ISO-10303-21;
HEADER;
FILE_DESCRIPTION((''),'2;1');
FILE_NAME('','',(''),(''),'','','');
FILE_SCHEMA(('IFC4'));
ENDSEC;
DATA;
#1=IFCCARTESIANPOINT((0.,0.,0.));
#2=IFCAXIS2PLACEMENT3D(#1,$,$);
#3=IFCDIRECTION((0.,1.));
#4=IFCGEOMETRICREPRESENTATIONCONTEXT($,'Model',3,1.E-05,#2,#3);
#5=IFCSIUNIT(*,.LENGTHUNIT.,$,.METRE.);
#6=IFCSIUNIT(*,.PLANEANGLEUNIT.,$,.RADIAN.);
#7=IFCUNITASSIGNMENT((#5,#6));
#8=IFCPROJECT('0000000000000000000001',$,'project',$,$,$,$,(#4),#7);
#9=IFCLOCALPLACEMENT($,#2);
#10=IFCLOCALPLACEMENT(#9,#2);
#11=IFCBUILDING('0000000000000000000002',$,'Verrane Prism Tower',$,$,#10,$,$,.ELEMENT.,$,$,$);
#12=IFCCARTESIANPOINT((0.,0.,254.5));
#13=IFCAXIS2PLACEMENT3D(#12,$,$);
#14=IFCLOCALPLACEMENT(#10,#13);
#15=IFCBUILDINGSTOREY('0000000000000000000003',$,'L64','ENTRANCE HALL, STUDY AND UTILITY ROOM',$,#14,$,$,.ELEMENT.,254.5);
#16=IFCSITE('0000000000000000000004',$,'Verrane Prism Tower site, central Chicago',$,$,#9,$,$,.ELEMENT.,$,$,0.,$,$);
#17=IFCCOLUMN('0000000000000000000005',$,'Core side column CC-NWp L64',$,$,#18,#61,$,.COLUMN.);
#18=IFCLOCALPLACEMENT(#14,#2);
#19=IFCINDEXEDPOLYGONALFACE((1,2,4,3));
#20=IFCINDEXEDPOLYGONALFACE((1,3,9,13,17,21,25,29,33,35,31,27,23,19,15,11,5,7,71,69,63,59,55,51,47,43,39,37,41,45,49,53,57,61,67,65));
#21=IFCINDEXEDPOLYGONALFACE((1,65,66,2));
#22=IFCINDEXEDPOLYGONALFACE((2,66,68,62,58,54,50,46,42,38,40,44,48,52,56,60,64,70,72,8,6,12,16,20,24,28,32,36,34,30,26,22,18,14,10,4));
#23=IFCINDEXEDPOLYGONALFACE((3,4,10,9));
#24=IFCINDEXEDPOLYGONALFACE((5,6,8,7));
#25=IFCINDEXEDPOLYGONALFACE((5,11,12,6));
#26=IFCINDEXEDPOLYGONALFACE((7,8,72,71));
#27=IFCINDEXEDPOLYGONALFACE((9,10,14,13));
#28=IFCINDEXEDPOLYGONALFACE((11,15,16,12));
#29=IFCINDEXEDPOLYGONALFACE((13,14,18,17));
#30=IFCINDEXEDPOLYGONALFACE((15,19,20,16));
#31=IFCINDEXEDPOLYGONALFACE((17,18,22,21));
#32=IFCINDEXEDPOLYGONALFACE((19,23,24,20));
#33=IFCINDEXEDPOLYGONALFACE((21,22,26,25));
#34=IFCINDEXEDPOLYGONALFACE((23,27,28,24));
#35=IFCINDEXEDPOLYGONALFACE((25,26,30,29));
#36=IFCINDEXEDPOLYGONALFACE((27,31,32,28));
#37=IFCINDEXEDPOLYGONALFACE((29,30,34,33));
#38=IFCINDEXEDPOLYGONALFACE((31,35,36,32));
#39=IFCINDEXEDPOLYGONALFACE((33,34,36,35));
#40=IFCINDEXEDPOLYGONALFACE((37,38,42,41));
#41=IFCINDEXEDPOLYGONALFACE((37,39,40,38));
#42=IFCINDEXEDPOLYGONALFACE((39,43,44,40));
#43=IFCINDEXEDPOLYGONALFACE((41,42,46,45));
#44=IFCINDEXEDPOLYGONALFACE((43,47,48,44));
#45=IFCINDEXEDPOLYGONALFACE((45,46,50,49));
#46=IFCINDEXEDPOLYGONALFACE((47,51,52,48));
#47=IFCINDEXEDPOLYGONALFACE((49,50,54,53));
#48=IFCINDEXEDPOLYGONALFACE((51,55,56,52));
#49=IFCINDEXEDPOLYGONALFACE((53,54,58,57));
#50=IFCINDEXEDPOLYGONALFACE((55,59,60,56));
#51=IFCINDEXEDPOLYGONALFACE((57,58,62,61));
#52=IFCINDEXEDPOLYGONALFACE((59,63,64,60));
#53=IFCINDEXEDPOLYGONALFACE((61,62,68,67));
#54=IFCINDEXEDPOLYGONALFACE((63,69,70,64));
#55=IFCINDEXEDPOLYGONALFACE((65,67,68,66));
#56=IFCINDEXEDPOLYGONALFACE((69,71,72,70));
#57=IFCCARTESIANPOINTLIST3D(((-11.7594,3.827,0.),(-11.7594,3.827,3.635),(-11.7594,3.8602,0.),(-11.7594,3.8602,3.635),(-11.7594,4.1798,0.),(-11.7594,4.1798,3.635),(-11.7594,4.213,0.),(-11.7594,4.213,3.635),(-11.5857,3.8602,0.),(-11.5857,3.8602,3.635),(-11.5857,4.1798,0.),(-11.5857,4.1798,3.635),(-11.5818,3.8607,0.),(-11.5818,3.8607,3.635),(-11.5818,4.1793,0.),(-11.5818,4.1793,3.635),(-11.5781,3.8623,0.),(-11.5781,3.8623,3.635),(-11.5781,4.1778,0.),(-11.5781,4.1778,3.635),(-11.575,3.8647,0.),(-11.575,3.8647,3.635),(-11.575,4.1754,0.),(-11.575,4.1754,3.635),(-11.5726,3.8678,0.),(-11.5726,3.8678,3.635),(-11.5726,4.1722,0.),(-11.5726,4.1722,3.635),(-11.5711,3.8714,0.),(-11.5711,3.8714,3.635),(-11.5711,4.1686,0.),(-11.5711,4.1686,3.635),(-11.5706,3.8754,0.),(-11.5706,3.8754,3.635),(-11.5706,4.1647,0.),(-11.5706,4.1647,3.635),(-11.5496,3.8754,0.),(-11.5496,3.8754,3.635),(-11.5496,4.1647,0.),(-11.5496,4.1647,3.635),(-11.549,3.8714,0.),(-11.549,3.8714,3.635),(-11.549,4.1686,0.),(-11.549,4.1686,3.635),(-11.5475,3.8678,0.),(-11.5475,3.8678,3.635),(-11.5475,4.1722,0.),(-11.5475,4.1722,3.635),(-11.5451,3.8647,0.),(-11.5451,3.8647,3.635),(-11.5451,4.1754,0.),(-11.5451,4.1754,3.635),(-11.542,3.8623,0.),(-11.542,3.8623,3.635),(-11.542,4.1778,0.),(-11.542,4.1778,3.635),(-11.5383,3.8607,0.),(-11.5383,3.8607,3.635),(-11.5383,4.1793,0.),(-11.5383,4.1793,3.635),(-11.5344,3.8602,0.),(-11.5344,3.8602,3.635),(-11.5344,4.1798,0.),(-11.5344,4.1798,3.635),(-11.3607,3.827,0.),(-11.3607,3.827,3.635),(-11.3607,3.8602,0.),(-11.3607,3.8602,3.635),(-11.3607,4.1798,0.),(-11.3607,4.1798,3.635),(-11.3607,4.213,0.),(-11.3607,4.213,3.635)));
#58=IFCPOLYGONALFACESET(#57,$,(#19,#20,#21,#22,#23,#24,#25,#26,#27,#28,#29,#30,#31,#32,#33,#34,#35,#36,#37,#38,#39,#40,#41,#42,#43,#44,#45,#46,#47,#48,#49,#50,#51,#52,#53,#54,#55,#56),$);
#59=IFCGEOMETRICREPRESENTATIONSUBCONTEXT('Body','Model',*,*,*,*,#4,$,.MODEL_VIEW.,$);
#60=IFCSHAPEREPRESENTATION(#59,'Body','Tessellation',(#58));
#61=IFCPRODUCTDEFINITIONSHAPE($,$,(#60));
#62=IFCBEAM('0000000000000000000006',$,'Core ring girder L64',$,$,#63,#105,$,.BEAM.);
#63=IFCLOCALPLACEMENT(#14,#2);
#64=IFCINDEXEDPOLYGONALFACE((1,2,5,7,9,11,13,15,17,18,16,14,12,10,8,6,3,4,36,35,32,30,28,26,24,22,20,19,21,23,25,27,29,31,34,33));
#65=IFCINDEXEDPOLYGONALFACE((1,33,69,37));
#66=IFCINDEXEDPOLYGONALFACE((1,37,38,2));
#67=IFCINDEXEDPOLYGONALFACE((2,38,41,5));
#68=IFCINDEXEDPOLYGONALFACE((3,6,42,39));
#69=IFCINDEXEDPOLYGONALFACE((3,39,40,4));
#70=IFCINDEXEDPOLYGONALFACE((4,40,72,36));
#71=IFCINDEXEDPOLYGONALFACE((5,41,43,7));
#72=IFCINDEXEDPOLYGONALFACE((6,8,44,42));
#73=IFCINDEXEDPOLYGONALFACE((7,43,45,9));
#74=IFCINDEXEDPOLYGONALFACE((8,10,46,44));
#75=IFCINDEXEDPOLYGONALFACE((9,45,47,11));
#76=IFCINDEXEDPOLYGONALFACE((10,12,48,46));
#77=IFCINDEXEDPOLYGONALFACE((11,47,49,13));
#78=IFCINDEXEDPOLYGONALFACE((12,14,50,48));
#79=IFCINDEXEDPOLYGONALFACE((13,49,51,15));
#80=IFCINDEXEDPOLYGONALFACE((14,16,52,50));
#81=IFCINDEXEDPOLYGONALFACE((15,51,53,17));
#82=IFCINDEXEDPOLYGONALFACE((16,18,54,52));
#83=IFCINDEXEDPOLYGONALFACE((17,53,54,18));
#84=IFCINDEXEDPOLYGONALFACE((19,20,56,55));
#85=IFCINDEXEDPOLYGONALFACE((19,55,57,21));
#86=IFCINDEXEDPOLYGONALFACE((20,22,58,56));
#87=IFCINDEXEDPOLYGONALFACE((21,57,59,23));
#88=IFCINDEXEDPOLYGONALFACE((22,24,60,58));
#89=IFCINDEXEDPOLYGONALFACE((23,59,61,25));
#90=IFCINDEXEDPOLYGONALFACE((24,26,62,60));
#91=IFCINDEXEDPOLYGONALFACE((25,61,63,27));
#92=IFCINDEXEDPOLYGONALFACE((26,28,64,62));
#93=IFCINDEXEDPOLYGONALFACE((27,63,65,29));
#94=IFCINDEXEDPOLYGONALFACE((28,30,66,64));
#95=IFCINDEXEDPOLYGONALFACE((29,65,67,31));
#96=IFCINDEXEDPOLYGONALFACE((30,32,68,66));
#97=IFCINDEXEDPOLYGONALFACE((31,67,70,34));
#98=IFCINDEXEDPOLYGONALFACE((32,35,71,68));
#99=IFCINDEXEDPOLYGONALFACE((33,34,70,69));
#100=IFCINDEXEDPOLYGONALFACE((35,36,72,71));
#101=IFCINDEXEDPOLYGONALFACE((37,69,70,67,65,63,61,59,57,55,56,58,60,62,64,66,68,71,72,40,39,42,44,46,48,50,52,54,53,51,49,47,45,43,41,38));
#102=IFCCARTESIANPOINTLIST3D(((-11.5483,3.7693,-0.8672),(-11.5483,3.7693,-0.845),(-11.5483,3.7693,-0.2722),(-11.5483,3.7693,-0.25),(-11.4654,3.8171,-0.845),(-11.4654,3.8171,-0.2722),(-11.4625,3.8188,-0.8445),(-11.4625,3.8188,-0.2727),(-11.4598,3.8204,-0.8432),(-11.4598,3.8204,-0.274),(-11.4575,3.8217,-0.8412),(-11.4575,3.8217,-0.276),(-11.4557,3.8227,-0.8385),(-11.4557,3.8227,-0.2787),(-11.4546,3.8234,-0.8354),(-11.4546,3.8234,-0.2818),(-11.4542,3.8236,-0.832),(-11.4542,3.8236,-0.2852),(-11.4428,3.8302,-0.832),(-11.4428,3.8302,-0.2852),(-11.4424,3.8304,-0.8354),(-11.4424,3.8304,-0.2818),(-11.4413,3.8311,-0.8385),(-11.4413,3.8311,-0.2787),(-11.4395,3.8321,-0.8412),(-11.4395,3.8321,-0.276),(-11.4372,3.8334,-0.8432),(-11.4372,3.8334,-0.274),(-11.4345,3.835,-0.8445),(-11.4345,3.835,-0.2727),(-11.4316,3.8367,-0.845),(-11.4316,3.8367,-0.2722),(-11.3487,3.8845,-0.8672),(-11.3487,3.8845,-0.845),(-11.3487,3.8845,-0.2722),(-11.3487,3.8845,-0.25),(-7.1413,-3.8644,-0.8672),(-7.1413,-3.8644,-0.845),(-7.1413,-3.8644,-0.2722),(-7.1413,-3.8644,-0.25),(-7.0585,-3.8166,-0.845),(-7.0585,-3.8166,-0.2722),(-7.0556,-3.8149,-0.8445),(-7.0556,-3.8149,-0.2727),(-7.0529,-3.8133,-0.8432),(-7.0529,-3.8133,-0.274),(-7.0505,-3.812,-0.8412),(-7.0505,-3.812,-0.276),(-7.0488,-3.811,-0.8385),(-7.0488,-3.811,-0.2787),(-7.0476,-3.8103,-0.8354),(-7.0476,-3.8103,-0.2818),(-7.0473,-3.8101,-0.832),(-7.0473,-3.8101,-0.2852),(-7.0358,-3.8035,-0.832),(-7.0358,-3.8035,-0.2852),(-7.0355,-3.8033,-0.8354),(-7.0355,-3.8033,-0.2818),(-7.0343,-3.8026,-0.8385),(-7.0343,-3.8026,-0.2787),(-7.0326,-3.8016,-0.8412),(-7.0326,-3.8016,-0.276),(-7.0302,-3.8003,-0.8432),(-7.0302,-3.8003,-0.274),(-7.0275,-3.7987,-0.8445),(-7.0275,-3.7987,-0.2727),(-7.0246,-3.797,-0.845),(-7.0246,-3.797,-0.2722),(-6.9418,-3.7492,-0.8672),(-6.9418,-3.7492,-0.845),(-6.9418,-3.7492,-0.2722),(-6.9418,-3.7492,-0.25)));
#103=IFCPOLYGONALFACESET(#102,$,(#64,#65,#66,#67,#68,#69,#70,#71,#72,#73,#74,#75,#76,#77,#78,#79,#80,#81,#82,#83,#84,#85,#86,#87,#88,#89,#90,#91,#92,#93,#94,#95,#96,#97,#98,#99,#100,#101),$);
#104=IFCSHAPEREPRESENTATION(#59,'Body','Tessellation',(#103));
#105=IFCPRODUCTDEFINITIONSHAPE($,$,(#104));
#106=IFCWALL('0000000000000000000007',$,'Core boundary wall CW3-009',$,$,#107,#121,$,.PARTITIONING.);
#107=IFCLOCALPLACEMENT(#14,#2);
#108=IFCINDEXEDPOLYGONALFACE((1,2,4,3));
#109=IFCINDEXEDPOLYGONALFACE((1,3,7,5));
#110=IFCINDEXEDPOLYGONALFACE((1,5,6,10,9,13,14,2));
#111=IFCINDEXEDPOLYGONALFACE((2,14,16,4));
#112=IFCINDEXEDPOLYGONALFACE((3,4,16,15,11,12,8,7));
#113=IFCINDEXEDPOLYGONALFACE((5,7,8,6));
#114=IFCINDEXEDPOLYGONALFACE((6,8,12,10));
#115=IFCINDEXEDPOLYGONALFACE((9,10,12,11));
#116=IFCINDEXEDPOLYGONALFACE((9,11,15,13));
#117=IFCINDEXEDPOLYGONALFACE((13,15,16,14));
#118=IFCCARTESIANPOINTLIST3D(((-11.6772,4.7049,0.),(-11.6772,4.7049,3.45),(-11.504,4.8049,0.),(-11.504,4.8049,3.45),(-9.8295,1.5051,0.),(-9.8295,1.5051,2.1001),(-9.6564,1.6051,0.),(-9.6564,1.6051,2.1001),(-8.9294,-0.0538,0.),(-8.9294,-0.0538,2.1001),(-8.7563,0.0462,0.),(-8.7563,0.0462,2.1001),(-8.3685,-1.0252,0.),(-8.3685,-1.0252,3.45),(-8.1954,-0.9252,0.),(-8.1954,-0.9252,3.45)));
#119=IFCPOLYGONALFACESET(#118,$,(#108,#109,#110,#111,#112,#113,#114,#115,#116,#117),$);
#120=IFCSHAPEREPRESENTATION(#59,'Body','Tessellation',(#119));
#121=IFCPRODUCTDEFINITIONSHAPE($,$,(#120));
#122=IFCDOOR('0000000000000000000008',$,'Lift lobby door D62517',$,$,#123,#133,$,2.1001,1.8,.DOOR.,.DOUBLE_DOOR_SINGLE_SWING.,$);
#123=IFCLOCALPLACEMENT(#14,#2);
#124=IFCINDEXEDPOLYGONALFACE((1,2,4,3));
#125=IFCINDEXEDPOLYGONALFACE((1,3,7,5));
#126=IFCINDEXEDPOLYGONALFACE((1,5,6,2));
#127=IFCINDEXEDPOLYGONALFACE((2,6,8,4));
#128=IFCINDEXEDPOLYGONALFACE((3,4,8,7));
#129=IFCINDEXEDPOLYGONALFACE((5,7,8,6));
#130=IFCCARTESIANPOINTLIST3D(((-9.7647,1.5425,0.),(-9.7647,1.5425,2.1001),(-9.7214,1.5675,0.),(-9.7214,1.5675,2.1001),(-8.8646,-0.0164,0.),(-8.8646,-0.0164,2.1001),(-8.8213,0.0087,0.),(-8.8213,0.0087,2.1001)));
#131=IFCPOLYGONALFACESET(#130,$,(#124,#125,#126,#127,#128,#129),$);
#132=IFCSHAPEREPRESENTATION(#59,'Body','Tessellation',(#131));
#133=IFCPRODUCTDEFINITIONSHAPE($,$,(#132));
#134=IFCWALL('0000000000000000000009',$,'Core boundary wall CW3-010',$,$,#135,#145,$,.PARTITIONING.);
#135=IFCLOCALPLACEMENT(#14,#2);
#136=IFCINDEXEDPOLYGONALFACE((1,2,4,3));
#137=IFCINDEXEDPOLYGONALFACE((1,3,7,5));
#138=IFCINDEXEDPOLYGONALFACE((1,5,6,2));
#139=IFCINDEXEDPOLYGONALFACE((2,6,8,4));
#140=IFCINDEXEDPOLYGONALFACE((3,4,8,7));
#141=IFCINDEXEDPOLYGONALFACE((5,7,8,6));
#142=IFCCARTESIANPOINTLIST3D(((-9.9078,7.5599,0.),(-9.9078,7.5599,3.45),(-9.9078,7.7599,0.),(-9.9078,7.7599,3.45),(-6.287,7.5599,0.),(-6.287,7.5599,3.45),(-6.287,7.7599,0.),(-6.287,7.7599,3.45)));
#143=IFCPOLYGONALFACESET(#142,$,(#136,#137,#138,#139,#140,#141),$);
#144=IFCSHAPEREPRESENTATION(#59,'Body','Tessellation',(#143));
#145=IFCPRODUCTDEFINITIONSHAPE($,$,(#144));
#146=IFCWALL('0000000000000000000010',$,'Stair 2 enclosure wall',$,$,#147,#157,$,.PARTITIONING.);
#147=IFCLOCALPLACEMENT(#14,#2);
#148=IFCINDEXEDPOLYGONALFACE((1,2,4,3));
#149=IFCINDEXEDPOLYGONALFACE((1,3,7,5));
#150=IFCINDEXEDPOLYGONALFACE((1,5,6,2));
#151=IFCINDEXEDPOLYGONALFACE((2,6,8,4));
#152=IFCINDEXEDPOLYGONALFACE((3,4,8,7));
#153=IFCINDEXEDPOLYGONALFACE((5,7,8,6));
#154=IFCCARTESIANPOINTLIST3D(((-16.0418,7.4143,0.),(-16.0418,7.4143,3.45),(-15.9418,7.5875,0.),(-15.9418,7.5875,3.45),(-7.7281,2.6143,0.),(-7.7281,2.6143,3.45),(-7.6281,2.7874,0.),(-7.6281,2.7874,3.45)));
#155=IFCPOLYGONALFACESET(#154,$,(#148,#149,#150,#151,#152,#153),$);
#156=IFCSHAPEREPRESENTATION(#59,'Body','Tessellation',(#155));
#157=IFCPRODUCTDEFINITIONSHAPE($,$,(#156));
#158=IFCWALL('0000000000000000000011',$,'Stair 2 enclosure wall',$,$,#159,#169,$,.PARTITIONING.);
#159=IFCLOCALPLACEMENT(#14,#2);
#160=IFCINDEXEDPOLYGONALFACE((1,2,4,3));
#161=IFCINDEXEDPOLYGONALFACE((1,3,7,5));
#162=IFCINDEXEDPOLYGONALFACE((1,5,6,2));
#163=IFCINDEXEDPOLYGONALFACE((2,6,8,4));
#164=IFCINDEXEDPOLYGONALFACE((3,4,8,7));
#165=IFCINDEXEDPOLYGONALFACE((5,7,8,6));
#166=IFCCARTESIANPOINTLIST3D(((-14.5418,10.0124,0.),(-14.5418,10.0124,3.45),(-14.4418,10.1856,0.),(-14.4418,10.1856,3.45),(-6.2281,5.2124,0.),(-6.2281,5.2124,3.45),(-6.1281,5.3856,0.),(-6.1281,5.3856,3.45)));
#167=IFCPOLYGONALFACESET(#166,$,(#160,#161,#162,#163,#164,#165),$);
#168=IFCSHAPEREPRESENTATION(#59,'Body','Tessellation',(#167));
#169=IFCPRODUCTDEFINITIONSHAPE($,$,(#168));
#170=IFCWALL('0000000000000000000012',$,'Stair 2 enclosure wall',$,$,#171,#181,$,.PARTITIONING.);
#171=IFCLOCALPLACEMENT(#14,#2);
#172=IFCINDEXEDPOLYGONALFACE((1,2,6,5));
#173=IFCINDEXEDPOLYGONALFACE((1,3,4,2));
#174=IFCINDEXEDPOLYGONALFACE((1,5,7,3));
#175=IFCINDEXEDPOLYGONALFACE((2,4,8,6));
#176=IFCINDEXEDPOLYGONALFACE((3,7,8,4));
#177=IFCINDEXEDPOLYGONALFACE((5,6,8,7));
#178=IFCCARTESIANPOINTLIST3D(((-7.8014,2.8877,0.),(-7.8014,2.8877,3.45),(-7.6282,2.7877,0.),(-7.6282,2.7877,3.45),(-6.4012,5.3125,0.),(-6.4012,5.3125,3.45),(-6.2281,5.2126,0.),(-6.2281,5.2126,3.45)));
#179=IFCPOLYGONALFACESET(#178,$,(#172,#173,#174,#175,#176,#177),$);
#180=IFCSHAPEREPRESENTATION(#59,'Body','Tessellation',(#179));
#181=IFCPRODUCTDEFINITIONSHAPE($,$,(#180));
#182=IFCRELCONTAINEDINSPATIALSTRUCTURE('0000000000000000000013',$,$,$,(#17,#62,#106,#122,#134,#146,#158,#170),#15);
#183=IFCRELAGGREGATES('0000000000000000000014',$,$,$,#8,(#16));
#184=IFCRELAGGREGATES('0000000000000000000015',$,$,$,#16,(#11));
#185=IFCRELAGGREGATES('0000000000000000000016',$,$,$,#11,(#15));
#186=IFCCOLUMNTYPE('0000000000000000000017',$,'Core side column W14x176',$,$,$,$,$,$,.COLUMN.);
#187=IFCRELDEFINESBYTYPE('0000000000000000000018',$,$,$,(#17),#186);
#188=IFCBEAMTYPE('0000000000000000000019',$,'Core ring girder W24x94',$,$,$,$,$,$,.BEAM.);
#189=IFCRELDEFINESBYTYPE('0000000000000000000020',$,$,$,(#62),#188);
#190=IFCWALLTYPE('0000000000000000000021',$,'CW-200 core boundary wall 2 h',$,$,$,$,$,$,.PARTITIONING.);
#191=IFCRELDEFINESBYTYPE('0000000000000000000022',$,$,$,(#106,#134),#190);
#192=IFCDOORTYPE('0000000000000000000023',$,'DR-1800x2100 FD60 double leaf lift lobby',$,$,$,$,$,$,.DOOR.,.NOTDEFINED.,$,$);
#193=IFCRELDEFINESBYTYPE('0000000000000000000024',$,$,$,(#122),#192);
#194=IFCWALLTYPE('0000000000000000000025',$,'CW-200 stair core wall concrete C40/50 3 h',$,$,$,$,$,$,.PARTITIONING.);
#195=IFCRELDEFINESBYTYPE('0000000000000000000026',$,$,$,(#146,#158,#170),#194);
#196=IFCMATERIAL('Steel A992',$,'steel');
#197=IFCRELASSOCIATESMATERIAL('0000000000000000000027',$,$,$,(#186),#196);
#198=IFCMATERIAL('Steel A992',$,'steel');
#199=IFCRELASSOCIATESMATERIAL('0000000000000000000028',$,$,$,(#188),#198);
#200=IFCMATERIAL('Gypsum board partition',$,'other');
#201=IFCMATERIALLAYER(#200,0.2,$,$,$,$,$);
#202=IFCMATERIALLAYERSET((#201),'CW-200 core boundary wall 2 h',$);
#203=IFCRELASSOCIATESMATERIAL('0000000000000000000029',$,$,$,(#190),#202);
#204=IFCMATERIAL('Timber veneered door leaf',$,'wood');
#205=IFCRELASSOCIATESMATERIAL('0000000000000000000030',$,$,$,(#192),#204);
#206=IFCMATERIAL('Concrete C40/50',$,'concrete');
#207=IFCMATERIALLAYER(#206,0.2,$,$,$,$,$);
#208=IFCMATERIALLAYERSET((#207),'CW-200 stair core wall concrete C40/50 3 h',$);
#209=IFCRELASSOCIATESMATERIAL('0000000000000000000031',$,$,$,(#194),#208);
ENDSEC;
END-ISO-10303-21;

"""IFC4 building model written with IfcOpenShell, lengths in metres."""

from ifc_helpers import new_model, si_unit, direction, frame, frame_2d, origin, origin_2d, place, context, subcontext, project, spatial, rectangle, i_section, extrude, material, layer, layer_set, material_profile, profile_set, type_object, element, fill, save


model = new_model("IFC4")

# Units and contexts
model_context = context("Model", 3, precision=1e-05, world=origin(), true_north=direction((0.0, 1.0)))
body_context = subcontext(model_context, "Body", "Model", "MODEL_VIEW")
ifc_project = project(units=[si_unit("LENGTHUNIT", "METRE"), si_unit("PLANEANGLEUNIT", "RADIAN")], contexts=[model_context])

# Site, building, storey
site_placement = place(None, origin())
site = spatial("IfcSite", under=ifc_project, at=site_placement, Name="Verrane Prism Tower site, central Chicago", CompositionType="ELEMENT", RefElevation=0.0)
building_placement = place(site_placement, origin())
building = spatial("IfcBuilding", under=site, at=building_placement, Name="Verrane Prism Tower", CompositionType="ELEMENT")
storey_placement = place(building_placement, frame((0.0, 0.0, 254.5)))
storey = spatial("IfcBuildingStorey", under=building, at=storey_placement, Name="L64", Description="ENTRANCE HALL, STUDY AND UTILITY ROOM", CompositionType="ELEMENT", Elevation=254.5)

# Column
ifc_material_1 = material(Name="Steel A992", Category="steel")
ifc_material_profile_1 = material_profile(ifc_material_1, i_section(OverallWidth=0.3987, OverallDepth=0.386, WebThickness=0.021, FlangeThickness=0.0332, FilletRadius=0.0151, at=origin_2d()), Name="W14x176")
ifc_profile_set_1 = profile_set([ifc_material_profile_1], Name="Steel A992")
column_type = type_object("IfcColumnType", Name="Core side column W14x176", PredefinedType="COLUMN", material=ifc_profile_set_1)
column_placement = place(storey_placement, frame((-11.5601, 4.02, 0.0), z_axis=(0.0, 0.0, 1.0), x_axis=(1.0, 0.0, 0.0)))
element("IfcColumn", 1, at=column_placement, inside=storey, type_object=column_type, Name="Core side column CC-NWp L64", PredefinedType="COLUMN", context=body_context, shape_type="SweptSolid", body=[
    extrude(i_section(OverallWidth=0.3987, OverallDepth=0.386, WebThickness=0.021, FlangeThickness=0.0332, FilletRadius=0.0151, at=origin_2d()), origin(), (0.0, 0.0, 1.0), 3.635),
])

# Beam
ifc_material_2 = material(Name="Steel A992", Category="steel")
ifc_material_profile_2 = material_profile(ifc_material_2, i_section(OverallWidth=0.2305, OverallDepth=0.6172, WebThickness=0.0132, FlangeThickness=0.0222, FilletRadius=0.0129, at=origin_2d()), Name="W24x94")
ifc_profile_set_2 = profile_set([ifc_material_profile_2], Name="Steel A992")
beam_type = type_object("IfcBeamType", Name="Core ring girder W24x94", PredefinedType="BEAM", material=ifc_profile_set_2)
beam_placement = place(storey_placement, frame((-11.4485, 3.8269, -0.5586), z_axis=(0.499967, -0.866044, 0.0), x_axis=(0.866044, 0.499967, 0.0)))
element("IfcBeam", 2, at=beam_placement, inside=storey, type_object=beam_type, Name="Core ring girder L64", PredefinedType="BEAM", context=body_context, shape_type="SweptSolid", body=[
    extrude(i_section(OverallWidth=0.2305, OverallDepth=0.6172, WebThickness=0.0132, FlangeThickness=0.0222, FilletRadius=0.0129, at=origin_2d()), origin(), (0.0, 0.0, 1.0), 8.8145),
])

# Wall, opening, door
ifc_material_3 = material(Name="Gypsum board partition", Category="other")
ifc_layer_1 = layer(ifc_material_3, 0.2)
ifc_layer_set_1 = layer_set([ifc_layer_1], Name="CW-200 core boundary wall 2 h")
wall_type_1 = type_object("IfcWallType", Name="CW-200 core boundary wall 2 h", PredefinedType="PARTITIONING", material=ifc_layer_set_1)
wall_1_placement = place(storey_placement, frame((-11.5906, 4.7549, 0.0), z_axis=(0.0, 0.0, 1.0), x_axis=(0.500044, -0.866, 0.0)))
wall_1 = element("IfcWall", 3, at=wall_1_placement, inside=storey, type_object=wall_type_1, Name="Core boundary wall CW3-009", PredefinedType="PARTITIONING", context=body_context, shape_type="SweptSolid", body=[
    extrude(rectangle(XDim=6.6167, YDim=0.2, at=frame_2d((3.3083, 0.0))), origin(), (0.0, 0.0, 1.0), 3.45),
])
opening_1_placement = place(wall_1_placement, frame((3.6951, 0.0, 0.0)))
opening_1 = element("IfcOpeningElement", 4, at=opening_1_placement, cuts=wall_1, PredefinedType="OPENING", context=body_context, shape_type="SweptSolid", body=[
    extrude(rectangle(XDim=1.8, YDim=2.1001, at=frame_2d((0.8999, 1.05))), frame((0.0, 0.1099, 0.0), z_axis=(0.0, -1.0, 0.0), x_axis=(1.0, 0.0, 0.0)), (0.0, 0.0, 1.0), 0.22),
])
ifc_material_4 = material(Name="Timber veneered door leaf", Category="wood")
door_type_1 = type_object("IfcDoorType", Name="DR-1800x2100 FD60 double leaf lift lobby", OperationType="NOTDEFINED", PredefinedType="DOOR", material=ifc_material_4)
door_1_placement = place(opening_1_placement, origin())
door_1 = element("IfcDoor", 5, at=door_1_placement, inside=storey, type_object=door_type_1, Name="Lift lobby door D62517", OperationType="DOUBLE_DOOR_SINGLE_SWING", OverallHeight=2.1001, OverallWidth=1.8, PredefinedType="DOOR", context=body_context, shape_type="SweptSolid", body=[
    extrude(rectangle(XDim=1.8, YDim=2.1001, at=frame_2d((0.8999, 1.05))), frame((0.0, 0.0249, 0.0), z_axis=(0.0, -1.0, 0.0), x_axis=(1.0, 0.0, 0.0)), (0.0, 0.0, 1.0), 0.05),
])
fill(opening_1, door_1)

# Walls
wall_2_placement = place(storey_placement, frame((-9.908, 7.6599, 0.0), z_axis=(0.0, 0.0, 1.0), x_axis=(1.0, 0.0, 0.0)))
element("IfcWall", 6, at=wall_2_placement, inside=storey, type_object=wall_type_1, Name="Core boundary wall CW3-010", PredefinedType="PARTITIONING", context=body_context, shape_type="SweptSolid", body=[
    extrude(rectangle(XDim=3.6208, YDim=0.2, at=frame_2d((1.8105, 0.0))), origin(), (0.0, 0.0, 1.0), 3.45),
])
ifc_material_5 = material(Name="Concrete C40/50", Category="concrete")
ifc_layer_2 = layer(ifc_material_5, 0.2)
ifc_layer_set_2 = layer_set([ifc_layer_2], Name="CW-200 stair core wall concrete C40/50 3 h")
wall_type_2 = type_object("IfcWallType", Name="CW-200 stair core wall concrete C40/50 3 h", PredefinedType="PARTITIONING", material=ifc_layer_set_2)
for number, where, z_axis, x_axis, name in (
    (7, (-7.6782, 2.7009, 0.0), (0.0, 0.0, 1.0), (-0.86602, 0.500009, 0.0), "Stair 2 enclosure wall"),
    (8, (-6.1782, 5.2991, 0.0), (0.0, 0.0, 1.0), (-0.86602, 0.500009, 0.0), "Stair 2 enclosure wall"),
):
    element("IfcWall", number, at=place(storey_placement, frame(where, z_axis=z_axis, x_axis=x_axis)), inside=storey, type_object=wall_type_2, Name=name, PredefinedType="PARTITIONING", context=body_context, shape_type="SweptSolid", body=[
        extrude(rectangle(XDim=9.5999, YDim=0.2, at=frame_2d((4.7998, 0.0))), origin(), (0.0, 0.0, 1.0), 3.45),
    ])
wall_3_placement = place(storey_placement, frame((-6.3147, 5.2625, 0.0), z_axis=(0.0, 0.0, 1.0), x_axis=(-0.50005, -0.865997, 0.0)))
element("IfcWall", 9, at=wall_3_placement, inside=storey, type_object=wall_type_2, Name="Stair 2 enclosure wall", PredefinedType="PARTITIONING", context=body_context, shape_type="SweptSolid", body=[
    extrude(rectangle(XDim=2.8, YDim=0.2, at=frame_2d((1.3999, 0.0))), origin(), (0.0, 0.0, 1.0), 3.45),
])

save(model, "model.ifc")
